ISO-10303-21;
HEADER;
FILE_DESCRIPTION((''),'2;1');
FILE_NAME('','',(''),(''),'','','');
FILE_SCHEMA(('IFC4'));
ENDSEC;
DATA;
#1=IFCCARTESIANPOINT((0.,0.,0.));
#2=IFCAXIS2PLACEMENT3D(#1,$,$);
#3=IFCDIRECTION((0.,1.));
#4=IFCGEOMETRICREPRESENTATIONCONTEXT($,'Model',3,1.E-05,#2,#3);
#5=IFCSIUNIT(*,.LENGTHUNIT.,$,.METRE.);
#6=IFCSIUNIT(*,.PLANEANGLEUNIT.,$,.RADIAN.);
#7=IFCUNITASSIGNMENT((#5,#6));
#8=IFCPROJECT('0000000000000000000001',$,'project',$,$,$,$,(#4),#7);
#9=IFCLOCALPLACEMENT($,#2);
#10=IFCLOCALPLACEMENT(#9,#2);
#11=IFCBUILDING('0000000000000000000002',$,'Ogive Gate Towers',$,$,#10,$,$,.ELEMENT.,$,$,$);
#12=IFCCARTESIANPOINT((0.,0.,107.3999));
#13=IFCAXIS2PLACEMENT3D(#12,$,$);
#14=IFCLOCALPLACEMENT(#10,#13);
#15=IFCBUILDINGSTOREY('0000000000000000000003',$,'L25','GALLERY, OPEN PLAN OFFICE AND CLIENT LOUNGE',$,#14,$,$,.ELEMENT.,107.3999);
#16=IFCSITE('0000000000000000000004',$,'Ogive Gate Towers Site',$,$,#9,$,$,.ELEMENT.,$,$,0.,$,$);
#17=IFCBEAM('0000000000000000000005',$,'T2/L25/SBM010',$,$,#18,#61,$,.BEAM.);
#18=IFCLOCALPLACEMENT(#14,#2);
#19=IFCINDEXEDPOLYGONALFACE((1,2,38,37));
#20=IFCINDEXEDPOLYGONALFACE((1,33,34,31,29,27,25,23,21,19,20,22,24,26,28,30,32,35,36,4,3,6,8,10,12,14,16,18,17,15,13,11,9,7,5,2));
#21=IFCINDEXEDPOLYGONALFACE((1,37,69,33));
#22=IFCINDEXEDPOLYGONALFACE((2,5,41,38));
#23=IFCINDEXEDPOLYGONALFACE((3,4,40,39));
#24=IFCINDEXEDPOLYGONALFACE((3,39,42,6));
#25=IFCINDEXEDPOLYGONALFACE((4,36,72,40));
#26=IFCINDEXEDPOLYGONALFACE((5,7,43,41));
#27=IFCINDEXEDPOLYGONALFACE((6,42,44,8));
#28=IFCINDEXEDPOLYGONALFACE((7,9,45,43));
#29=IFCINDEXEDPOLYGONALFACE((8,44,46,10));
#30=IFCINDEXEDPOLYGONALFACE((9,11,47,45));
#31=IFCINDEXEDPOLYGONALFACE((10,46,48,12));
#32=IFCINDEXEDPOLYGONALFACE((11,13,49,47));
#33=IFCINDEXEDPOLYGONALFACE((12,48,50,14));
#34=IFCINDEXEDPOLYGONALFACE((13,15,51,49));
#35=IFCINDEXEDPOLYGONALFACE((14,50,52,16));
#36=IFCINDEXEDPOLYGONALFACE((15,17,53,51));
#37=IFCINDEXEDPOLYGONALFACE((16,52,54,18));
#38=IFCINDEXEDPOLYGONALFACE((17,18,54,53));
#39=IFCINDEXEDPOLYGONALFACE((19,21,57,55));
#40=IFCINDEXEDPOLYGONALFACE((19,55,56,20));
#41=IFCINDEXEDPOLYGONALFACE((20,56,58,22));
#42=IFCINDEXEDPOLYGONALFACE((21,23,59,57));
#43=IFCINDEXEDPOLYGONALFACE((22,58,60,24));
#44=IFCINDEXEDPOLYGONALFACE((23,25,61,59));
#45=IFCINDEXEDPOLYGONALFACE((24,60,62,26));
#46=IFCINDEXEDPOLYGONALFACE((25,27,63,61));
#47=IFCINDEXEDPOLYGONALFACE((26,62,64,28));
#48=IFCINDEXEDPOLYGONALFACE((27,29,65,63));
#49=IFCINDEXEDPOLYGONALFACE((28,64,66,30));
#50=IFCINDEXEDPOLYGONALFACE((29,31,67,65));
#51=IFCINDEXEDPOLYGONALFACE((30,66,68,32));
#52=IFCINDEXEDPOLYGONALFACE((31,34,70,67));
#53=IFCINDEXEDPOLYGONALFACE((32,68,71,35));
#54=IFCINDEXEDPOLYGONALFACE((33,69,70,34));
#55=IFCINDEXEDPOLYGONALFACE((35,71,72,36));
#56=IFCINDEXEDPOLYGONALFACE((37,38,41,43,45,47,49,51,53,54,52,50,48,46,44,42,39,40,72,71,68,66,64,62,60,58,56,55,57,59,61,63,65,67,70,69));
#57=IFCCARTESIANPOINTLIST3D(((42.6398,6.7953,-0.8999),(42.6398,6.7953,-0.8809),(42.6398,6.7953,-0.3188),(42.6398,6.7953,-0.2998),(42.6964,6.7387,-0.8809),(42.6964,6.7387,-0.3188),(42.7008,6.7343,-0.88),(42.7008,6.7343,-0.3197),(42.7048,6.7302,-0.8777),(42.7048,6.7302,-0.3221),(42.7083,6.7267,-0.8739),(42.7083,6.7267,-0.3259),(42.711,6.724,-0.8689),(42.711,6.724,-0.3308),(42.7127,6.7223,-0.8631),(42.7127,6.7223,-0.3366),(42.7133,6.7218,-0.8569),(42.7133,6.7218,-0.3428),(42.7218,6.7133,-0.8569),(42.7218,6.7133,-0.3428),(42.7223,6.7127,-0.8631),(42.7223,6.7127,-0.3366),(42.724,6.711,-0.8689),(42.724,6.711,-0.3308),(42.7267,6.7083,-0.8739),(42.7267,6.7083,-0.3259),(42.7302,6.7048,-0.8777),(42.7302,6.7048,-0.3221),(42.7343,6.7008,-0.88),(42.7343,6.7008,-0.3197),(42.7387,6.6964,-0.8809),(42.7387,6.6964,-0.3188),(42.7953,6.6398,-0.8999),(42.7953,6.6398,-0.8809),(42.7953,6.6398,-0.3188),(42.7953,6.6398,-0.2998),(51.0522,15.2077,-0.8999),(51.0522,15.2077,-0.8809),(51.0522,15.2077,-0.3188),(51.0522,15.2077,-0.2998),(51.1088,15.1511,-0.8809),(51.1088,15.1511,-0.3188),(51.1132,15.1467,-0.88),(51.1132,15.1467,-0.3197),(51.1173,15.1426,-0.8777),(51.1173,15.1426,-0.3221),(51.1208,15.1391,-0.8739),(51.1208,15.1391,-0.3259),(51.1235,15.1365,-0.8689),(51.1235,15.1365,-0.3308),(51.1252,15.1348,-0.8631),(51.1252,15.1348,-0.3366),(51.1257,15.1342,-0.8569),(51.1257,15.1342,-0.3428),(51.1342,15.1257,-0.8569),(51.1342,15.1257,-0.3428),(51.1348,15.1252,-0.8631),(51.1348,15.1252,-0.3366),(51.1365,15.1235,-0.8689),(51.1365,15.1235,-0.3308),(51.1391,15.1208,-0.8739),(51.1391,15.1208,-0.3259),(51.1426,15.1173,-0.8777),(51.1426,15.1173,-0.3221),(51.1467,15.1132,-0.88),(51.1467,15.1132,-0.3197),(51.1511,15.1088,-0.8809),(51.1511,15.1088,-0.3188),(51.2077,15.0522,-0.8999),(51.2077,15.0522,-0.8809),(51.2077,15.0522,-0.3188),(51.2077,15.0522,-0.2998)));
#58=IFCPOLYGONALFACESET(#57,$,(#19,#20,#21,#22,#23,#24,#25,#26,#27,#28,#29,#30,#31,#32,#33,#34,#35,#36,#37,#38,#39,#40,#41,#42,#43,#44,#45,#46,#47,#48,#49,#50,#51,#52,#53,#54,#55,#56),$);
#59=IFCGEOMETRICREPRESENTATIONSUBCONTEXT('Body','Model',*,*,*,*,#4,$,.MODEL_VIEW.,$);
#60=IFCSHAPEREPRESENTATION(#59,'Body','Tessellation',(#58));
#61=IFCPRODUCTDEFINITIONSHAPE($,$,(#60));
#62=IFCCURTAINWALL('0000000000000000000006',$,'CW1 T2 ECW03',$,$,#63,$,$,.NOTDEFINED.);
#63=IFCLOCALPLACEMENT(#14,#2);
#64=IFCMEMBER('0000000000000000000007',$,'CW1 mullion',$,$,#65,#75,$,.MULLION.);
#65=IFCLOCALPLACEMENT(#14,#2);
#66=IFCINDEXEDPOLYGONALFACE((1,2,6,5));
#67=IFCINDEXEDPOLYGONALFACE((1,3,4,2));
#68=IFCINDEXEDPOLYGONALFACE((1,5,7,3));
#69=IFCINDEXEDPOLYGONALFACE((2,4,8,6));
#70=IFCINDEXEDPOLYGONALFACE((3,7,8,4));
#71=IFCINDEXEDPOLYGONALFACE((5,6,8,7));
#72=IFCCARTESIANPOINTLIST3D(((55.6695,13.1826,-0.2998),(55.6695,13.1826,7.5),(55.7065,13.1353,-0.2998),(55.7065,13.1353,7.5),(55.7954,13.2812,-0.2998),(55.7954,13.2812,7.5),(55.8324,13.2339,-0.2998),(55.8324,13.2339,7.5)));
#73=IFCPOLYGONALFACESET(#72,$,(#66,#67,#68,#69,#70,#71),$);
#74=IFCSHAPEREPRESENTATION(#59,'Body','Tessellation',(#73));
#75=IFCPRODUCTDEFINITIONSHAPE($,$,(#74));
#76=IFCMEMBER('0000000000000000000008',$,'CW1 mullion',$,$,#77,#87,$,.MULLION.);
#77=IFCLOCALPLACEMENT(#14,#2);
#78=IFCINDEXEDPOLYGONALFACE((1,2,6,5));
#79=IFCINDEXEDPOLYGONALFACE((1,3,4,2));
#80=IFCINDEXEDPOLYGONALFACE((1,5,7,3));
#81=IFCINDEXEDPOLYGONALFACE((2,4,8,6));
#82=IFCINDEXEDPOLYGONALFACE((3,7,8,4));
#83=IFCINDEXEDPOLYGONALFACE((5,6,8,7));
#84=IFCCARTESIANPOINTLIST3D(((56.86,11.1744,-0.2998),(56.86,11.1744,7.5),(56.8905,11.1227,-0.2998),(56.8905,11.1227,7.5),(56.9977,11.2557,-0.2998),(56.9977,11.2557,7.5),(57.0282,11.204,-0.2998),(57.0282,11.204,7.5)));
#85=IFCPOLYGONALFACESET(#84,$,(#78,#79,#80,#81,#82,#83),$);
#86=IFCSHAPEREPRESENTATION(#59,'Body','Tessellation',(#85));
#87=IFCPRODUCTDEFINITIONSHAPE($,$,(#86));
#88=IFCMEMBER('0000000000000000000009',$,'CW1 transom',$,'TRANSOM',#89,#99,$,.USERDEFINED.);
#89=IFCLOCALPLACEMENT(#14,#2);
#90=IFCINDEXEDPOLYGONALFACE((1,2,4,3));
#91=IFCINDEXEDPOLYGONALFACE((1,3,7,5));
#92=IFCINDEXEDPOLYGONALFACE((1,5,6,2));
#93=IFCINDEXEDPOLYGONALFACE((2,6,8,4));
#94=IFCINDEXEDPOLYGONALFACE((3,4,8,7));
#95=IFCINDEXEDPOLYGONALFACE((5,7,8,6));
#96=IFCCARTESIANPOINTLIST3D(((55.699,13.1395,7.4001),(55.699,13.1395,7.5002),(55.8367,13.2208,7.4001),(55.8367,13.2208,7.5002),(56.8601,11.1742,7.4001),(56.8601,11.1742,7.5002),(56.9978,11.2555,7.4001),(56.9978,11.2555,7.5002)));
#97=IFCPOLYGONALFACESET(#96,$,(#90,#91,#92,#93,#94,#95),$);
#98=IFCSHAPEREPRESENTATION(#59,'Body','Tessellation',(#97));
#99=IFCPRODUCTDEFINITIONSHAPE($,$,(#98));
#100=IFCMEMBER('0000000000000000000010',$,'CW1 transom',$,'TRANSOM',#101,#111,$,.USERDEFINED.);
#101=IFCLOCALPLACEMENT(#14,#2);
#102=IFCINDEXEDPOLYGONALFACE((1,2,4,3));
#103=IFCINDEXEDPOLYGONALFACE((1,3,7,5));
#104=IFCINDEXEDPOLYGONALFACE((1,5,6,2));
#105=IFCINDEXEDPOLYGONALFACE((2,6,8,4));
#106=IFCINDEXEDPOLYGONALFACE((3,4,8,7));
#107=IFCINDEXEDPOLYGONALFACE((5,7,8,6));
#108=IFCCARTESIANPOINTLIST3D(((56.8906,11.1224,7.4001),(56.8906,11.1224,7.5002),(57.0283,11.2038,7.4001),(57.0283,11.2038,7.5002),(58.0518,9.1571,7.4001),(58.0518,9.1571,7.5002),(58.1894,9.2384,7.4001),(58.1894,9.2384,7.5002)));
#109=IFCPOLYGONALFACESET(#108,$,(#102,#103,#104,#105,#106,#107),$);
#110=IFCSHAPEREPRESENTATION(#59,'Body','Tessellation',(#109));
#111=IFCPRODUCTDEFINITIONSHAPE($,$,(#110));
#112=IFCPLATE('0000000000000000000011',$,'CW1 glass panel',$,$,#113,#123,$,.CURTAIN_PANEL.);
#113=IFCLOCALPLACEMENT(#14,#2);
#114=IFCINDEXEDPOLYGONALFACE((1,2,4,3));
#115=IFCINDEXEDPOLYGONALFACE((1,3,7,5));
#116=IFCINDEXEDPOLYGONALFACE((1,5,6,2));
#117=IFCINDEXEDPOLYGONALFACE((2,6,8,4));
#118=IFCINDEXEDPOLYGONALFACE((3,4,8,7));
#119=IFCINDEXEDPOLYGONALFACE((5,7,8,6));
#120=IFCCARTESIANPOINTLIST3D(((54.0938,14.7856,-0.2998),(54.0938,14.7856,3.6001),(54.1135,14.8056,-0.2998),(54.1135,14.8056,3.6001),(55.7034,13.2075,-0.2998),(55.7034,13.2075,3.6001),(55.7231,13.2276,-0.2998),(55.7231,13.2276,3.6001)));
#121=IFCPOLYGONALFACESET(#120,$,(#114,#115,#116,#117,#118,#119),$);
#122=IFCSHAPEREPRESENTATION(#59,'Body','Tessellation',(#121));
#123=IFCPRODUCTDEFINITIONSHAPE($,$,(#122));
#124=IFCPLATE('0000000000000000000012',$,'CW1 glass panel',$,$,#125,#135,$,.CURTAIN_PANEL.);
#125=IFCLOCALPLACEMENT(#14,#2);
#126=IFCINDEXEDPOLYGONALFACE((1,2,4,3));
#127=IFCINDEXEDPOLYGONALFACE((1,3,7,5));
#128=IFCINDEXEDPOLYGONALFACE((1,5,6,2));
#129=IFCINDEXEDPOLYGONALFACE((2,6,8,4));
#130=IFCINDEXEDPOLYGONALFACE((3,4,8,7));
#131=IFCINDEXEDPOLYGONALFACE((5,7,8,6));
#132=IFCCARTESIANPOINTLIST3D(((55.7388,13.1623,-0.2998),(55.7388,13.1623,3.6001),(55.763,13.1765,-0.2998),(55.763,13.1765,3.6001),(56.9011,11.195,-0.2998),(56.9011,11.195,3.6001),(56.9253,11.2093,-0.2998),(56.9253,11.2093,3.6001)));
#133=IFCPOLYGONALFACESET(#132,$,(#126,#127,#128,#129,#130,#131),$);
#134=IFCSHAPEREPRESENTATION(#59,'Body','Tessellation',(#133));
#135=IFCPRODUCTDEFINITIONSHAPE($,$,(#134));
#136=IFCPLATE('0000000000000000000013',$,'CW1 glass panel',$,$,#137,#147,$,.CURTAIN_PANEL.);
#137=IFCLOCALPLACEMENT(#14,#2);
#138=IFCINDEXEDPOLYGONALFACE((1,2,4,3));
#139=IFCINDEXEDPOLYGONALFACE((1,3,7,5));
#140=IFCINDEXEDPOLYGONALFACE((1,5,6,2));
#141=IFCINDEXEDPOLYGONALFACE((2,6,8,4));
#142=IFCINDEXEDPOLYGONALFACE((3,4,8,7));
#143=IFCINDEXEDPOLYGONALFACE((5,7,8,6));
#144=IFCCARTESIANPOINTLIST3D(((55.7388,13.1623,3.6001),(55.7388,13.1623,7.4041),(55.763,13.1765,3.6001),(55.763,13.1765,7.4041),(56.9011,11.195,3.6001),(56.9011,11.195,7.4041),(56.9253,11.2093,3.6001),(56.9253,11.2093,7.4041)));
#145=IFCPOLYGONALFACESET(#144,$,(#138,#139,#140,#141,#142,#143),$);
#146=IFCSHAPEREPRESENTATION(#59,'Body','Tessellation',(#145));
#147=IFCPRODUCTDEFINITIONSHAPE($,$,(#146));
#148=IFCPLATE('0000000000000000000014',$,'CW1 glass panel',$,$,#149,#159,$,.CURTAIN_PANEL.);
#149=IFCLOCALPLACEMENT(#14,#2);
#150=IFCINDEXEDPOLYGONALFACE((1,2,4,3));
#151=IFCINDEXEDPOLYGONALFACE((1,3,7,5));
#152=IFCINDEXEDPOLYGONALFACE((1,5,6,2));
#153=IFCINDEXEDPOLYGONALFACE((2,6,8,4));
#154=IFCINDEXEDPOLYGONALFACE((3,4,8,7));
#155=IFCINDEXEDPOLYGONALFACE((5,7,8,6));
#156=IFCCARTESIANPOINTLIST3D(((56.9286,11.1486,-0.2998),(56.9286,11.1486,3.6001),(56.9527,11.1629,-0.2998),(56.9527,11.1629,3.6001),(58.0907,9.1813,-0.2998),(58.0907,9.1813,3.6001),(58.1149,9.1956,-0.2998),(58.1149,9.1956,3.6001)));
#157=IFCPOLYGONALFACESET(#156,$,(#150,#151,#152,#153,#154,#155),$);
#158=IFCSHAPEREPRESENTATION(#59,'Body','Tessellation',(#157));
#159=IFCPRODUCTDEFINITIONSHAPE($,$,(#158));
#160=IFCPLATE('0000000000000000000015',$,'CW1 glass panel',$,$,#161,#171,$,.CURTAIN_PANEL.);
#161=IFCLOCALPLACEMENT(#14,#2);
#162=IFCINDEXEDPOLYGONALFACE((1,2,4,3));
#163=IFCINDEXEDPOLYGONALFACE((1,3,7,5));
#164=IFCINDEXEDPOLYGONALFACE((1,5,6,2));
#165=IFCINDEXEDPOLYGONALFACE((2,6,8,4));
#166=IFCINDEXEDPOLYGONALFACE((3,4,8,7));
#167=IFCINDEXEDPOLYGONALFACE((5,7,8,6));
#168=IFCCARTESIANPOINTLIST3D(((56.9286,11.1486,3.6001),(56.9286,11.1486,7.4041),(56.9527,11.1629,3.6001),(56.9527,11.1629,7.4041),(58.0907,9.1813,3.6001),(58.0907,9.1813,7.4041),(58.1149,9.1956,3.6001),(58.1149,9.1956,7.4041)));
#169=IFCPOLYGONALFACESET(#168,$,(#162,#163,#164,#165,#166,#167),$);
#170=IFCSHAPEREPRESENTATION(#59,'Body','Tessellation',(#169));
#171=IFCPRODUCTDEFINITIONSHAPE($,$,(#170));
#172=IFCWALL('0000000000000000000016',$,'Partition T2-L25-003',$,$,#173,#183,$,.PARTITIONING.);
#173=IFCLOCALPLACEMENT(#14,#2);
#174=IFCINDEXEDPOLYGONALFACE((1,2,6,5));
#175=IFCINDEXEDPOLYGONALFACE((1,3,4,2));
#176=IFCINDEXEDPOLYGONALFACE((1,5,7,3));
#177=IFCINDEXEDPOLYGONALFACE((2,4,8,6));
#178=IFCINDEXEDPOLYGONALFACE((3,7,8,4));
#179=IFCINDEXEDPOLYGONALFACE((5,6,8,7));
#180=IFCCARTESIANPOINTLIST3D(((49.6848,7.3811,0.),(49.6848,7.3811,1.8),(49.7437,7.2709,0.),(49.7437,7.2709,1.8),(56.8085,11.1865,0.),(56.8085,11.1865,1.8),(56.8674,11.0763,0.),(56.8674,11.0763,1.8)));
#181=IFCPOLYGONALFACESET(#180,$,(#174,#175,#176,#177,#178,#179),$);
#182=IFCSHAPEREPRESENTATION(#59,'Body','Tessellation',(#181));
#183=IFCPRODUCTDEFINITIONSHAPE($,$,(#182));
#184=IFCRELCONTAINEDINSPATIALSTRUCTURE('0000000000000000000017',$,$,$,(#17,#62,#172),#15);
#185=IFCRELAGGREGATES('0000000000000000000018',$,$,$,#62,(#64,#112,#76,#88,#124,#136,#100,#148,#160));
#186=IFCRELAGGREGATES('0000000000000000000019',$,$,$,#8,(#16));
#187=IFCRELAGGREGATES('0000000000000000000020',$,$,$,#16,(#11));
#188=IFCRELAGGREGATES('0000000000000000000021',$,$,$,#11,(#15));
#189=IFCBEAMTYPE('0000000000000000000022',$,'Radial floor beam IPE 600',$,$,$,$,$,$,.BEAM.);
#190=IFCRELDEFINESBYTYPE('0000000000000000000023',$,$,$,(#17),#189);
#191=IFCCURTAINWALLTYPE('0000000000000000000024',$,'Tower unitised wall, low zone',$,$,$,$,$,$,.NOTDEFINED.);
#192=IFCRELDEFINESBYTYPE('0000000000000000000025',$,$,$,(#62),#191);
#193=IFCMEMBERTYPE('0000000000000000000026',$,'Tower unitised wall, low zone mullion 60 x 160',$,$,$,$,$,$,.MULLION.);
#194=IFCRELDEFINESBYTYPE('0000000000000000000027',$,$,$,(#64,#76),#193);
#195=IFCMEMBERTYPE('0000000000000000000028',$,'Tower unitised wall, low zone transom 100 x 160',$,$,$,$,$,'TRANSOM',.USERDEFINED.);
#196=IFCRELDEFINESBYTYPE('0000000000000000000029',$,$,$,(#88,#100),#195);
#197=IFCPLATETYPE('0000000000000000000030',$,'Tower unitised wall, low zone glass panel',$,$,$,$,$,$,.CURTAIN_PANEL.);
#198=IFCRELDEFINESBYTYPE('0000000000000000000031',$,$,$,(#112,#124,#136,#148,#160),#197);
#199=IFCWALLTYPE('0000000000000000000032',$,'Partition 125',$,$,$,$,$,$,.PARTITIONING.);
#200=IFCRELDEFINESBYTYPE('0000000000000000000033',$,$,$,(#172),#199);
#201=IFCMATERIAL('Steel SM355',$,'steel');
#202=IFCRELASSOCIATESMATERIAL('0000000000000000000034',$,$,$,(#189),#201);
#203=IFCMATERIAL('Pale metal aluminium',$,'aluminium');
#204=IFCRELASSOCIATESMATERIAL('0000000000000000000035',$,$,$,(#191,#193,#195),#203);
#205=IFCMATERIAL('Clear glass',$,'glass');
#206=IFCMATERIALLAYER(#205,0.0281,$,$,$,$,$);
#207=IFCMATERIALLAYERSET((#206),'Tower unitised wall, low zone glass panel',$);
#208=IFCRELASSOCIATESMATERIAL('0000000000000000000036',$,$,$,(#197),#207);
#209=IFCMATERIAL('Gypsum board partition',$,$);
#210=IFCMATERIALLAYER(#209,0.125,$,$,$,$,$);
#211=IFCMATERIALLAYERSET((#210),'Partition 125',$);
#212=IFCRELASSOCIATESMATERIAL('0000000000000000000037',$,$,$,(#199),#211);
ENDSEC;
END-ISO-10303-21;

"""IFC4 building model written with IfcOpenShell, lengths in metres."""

from ifc_helpers import new_model, si_unit, direction, frame, frame_2d, origin, origin_2d, place, context, subcontext, project, spatial, rectangle, i_section, extrude, material, layer, layer_set, material_profile, profile_set, type_object, element, aggregate, save


model = new_model("IFC4")

# Units and contexts
model_context = context("Model", 3, precision=1e-05, world=origin(), true_north=direction((0.0, 1.0)))
body_context = subcontext(model_context, "Body", "Model", "MODEL_VIEW")
ifc_project = project(units=[si_unit("LENGTHUNIT", "METRE"), si_unit("PLANEANGLEUNIT", "RADIAN")], contexts=[model_context])

# Site, building, storey
site_placement = place(None, origin())
site = spatial("IfcSite", under=ifc_project, at=site_placement, Name="Ogive Gate Towers Site", CompositionType="ELEMENT", RefElevation=0.0)
building_placement = place(site_placement, origin())
building = spatial("IfcBuilding", under=site, at=building_placement, Name="Ogive Gate Towers", CompositionType="ELEMENT")
storey_placement = place(building_placement, frame((0.0, 0.0, 107.3999)))
storey = spatial("IfcBuildingStorey", under=building, at=storey_placement, Name="L25", Description="GALLERY, OPEN PLAN OFFICE AND CLIENT LOUNGE", CompositionType="ELEMENT", Elevation=107.3999)

# Beam
ifc_material_1 = material(Name="Steel SM355", Category="steel")
ifc_material_profile_1 = material_profile(ifc_material_1, i_section(OverallWidth=0.22, OverallDepth=0.6001, WebThickness=0.012, FlangeThickness=0.019, FilletRadius=0.0239, at=origin_2d()), Name="IPE 600")
ifc_profile_set_1 = profile_set([ifc_material_profile_1], Name="Steel SM355")
beam_type_1 = type_object("IfcBeamType", Name="Radial floor beam IPE 600", PredefinedType="BEAM", material=ifc_profile_set_1)
beam_1_placement = place(storey_placement, frame((42.7175, 6.7175, -0.5999), z_axis=(0.707107, 0.707107, 0.0), x_axis=(-0.707107, 0.707107, 0.0)))
element("IfcBeam", 1, at=beam_1_placement, inside=storey, type_object=beam_type_1, Name="T2/L25/SBM010", PredefinedType="BEAM", context=body_context, shape_type="SweptSolid", body=[
    extrude(i_section(OverallWidth=0.22, OverallDepth=0.6001, WebThickness=0.012, FlangeThickness=0.019, FilletRadius=0.0239, at=origin_2d()), origin(), (0.0, 0.0, 1.0), 11.897),
])

# Curtain wall, members, plates
ifc_material_2 = material(Name="Pale metal aluminium", Category="aluminium")
curtain_wall_type = type_object("IfcCurtainWallType", Name="Tower unitised wall, low zone", PredefinedType="NOTDEFINED", material=ifc_material_2)
curtain_wall_placement = place(storey_placement, origin())
curtain_wall = element("IfcCurtainWall", 2, at=curtain_wall_placement, inside=storey, type_object=curtain_wall_type, Name="CW1 T2 ECW03", PredefinedType="NOTDEFINED")
ifc_material_profile_2 = material_profile(ifc_material_2, rectangle(XDim=0.1599, YDim=0.0601, at=origin_2d()), Name="60 x 160 aluminium box")
ifc_profile_set_2 = profile_set([ifc_material_profile_2], Name="Pale metal aluminium")
member_type_1 = type_object("IfcMemberType", Name="Tower unitised wall, low zone mullion 60 x 160", PredefinedType="MULLION", material=ifc_profile_set_2)
member_1_placement = place(storey_placement, frame((55.751, 13.2083, -0.2998), z_axis=(0.0, 0.0, 1.0), x_axis=(-0.787236, -0.616651, 0.0)))
member_1 = element("IfcMember", 3, at=member_1_placement, type_object=member_type_1, Name="CW1 mullion", PredefinedType="MULLION", context=body_context, shape_type="SweptSolid", body=[
    extrude(rectangle(XDim=0.1599, YDim=0.0601, at=origin_2d()), origin(), (0.0, 0.0, 1.0), 7.7998),
])
member_2_placement = place(storey_placement, frame((56.9441, 11.1892, -0.2998), z_axis=(0.0, 0.0, 1.0), x_axis=(-0.860973, -0.508651, 0.0)))
member_2 = element("IfcMember", 4, at=member_2_placement, type_object=member_type_1, Name="CW1 mullion", PredefinedType="MULLION", context=body_context, shape_type="SweptSolid", body=[
    extrude(rectangle(XDim=0.1599, YDim=0.0601, at=origin_2d()), origin(), (0.0, 0.0, 1.0), 7.7998),
])
ifc_material_profile_3 = material_profile(ifc_material_2, rectangle(XDim=0.1599, YDim=0.1001, at=origin_2d()), Name="100 x 160 aluminium box")
ifc_profile_set_3 = profile_set([ifc_material_profile_3], Name="Pale metal aluminium")
member_type_2 = type_object("IfcMemberType", Name="Tower unitised wall, low zone transom 100 x 160", ElementType="TRANSOM", PredefinedType="USERDEFINED", material=ifc_profile_set_3)
member_3_placement = place(storey_placement, frame((55.7678, 13.1802, 7.4502), z_axis=(0.508664, -0.860965, 0.0), x_axis=(0.860965, 0.508664, 0.0)))
member_3 = element("IfcMember", 5, at=member_3_placement, type_object=member_type_2, Name="CW1 transom", ObjectType="TRANSOM", PredefinedType="USERDEFINED", context=body_context, shape_type="SweptSolid", body=[
    extrude(rectangle(XDim=0.1599, YDim=0.1001, at=origin_2d()), origin(), (0.0, 0.0, 1.0), 2.2827),
])
member_4_placement = place(storey_placement, frame((56.9595, 11.1631, 7.4502), z_axis=(0.508664, -0.860965, 0.0), x_axis=(0.860965, 0.508664, 0.0)))
member_4 = element("IfcMember", 6, at=member_4_placement, type_object=member_type_2, Name="CW1 transom", ObjectType="TRANSOM", PredefinedType="USERDEFINED", context=body_context, shape_type="SweptSolid", body=[
    extrude(rectangle(XDim=0.1599, YDim=0.1001, at=origin_2d()), origin(), (0.0, 0.0, 1.0), 2.2827),
])
ifc_material_3 = material(Name="Clear glass", Category="glass")
ifc_layer_1 = layer(ifc_material_3, 0.0281)
ifc_layer_set_1 = layer_set([ifc_layer_1], Name="Tower unitised wall, low zone glass panel")
plate_type = type_object("IfcPlateType", Name="Tower unitised wall, low zone glass panel", PredefinedType="CURTAIN_PANEL", material=ifc_layer_set_1)
plate_1_placement = place(storey_placement, frame((54.9084, 14.0066, -0.2998), z_axis=(0.0, 0.0, 1.0), x_axis=(0.714082, -0.700062, 0.0)))
plate_1 = element("IfcPlate", 7, at=plate_1_placement, type_object=plate_type, Name="CW1 glass panel", PredefinedType="CURTAIN_PANEL", context=body_context, shape_type="SweptSolid", body=[
    extrude(rectangle(XDim=2.2542, YDim=0.0281, at=origin_2d()), origin(), (0.0, 0.0, 1.0), 3.8999),
])
plate_2_placement = place(storey_placement, frame((56.332, 12.1858, -0.2998), z_axis=(0.0, 0.0, 1.0), x_axis=(0.508681, -0.860955, 0.0)))
plate_2 = element("IfcPlate", 8, at=plate_2_placement, type_object=plate_type, Name="CW1 glass panel", PredefinedType="CURTAIN_PANEL", context=body_context, shape_type="SweptSolid", body=[
    extrude(rectangle(XDim=2.2849, YDim=0.0281, at=origin_2d()), origin(), (0.0, 0.0, 1.0), 3.8999),
])
plate_3_placement = place(storey_placement, frame((56.332, 12.1858, 3.6001), z_axis=(0.0, 0.0, 1.0), x_axis=(0.508681, -0.860955, 0.0)))
plate_3 = element("IfcPlate", 9, at=plate_3_placement, type_object=plate_type, Name="CW1 glass panel", PredefinedType="CURTAIN_PANEL", context=body_context, shape_type="SweptSolid", body=[
    extrude(rectangle(XDim=2.2849, YDim=0.0281, at=origin_2d()), origin(), (0.0, 0.0, 1.0), 3.804),
])
plate_4_placement = place(storey_placement, frame((57.5217, 10.1721, -0.2998), z_axis=(0.0, 0.0, 1.0), x_axis=(0.508621, -0.860991, 0.0)))
plate_4 = element("IfcPlate", 10, at=plate_4_placement, type_object=plate_type, Name="CW1 glass panel", PredefinedType="CURTAIN_PANEL", context=body_context, shape_type="SweptSolid", body=[
    extrude(rectangle(XDim=2.2849, YDim=0.0281, at=origin_2d()), origin(), (0.0, 0.0, 1.0), 3.8999),
])
plate_5_placement = place(storey_placement, frame((57.5217, 10.1721, 3.6001), z_axis=(0.0, 0.0, 1.0), x_axis=(0.508621, -0.860991, 0.0)))
plate_5 = element("IfcPlate", 11, at=plate_5_placement, type_object=plate_type, Name="CW1 glass panel", PredefinedType="CURTAIN_PANEL", context=body_context, shape_type="SweptSolid", body=[
    extrude(rectangle(XDim=2.2849, YDim=0.0281, at=origin_2d()), origin(), (0.0, 0.0, 1.0), 3.804),
])
aggregate(curtain_wall, [member_1, plate_1, member_2, member_3, plate_2, plate_3, member_4, plate_4, plate_5])

# Wall
ifc_material_4 = material(Name="Gypsum board partition")
ifc_layer_2 = layer(ifc_material_4, 0.125)
ifc_layer_set_2 = layer_set([ifc_layer_2], Name="Partition 125")
wall_type_1 = type_object("IfcWallType", Name="Partition 125", PredefinedType="PARTITIONING", material=ifc_layer_set_2)
wall_1_placement = place(storey_placement, frame((56.8379, 11.1313, 0.0), z_axis=(0.0, 0.0, 1.0), x_axis=(-0.882041, -0.471173, 0.0)))
element("IfcWall", 12, at=wall_1_placement, inside=storey, type_object=wall_type_1, Name="Partition T2-L25-003", PredefinedType="PARTITIONING", context=body_context, shape_type="SweptSolid", body=[
    extrude(rectangle(XDim=8.0764, YDim=0.125, at=frame_2d((4.0381, 0.0))), origin(), (0.0, 0.0, 1.0), 1.8),
])

save(model, "model.ifc")
